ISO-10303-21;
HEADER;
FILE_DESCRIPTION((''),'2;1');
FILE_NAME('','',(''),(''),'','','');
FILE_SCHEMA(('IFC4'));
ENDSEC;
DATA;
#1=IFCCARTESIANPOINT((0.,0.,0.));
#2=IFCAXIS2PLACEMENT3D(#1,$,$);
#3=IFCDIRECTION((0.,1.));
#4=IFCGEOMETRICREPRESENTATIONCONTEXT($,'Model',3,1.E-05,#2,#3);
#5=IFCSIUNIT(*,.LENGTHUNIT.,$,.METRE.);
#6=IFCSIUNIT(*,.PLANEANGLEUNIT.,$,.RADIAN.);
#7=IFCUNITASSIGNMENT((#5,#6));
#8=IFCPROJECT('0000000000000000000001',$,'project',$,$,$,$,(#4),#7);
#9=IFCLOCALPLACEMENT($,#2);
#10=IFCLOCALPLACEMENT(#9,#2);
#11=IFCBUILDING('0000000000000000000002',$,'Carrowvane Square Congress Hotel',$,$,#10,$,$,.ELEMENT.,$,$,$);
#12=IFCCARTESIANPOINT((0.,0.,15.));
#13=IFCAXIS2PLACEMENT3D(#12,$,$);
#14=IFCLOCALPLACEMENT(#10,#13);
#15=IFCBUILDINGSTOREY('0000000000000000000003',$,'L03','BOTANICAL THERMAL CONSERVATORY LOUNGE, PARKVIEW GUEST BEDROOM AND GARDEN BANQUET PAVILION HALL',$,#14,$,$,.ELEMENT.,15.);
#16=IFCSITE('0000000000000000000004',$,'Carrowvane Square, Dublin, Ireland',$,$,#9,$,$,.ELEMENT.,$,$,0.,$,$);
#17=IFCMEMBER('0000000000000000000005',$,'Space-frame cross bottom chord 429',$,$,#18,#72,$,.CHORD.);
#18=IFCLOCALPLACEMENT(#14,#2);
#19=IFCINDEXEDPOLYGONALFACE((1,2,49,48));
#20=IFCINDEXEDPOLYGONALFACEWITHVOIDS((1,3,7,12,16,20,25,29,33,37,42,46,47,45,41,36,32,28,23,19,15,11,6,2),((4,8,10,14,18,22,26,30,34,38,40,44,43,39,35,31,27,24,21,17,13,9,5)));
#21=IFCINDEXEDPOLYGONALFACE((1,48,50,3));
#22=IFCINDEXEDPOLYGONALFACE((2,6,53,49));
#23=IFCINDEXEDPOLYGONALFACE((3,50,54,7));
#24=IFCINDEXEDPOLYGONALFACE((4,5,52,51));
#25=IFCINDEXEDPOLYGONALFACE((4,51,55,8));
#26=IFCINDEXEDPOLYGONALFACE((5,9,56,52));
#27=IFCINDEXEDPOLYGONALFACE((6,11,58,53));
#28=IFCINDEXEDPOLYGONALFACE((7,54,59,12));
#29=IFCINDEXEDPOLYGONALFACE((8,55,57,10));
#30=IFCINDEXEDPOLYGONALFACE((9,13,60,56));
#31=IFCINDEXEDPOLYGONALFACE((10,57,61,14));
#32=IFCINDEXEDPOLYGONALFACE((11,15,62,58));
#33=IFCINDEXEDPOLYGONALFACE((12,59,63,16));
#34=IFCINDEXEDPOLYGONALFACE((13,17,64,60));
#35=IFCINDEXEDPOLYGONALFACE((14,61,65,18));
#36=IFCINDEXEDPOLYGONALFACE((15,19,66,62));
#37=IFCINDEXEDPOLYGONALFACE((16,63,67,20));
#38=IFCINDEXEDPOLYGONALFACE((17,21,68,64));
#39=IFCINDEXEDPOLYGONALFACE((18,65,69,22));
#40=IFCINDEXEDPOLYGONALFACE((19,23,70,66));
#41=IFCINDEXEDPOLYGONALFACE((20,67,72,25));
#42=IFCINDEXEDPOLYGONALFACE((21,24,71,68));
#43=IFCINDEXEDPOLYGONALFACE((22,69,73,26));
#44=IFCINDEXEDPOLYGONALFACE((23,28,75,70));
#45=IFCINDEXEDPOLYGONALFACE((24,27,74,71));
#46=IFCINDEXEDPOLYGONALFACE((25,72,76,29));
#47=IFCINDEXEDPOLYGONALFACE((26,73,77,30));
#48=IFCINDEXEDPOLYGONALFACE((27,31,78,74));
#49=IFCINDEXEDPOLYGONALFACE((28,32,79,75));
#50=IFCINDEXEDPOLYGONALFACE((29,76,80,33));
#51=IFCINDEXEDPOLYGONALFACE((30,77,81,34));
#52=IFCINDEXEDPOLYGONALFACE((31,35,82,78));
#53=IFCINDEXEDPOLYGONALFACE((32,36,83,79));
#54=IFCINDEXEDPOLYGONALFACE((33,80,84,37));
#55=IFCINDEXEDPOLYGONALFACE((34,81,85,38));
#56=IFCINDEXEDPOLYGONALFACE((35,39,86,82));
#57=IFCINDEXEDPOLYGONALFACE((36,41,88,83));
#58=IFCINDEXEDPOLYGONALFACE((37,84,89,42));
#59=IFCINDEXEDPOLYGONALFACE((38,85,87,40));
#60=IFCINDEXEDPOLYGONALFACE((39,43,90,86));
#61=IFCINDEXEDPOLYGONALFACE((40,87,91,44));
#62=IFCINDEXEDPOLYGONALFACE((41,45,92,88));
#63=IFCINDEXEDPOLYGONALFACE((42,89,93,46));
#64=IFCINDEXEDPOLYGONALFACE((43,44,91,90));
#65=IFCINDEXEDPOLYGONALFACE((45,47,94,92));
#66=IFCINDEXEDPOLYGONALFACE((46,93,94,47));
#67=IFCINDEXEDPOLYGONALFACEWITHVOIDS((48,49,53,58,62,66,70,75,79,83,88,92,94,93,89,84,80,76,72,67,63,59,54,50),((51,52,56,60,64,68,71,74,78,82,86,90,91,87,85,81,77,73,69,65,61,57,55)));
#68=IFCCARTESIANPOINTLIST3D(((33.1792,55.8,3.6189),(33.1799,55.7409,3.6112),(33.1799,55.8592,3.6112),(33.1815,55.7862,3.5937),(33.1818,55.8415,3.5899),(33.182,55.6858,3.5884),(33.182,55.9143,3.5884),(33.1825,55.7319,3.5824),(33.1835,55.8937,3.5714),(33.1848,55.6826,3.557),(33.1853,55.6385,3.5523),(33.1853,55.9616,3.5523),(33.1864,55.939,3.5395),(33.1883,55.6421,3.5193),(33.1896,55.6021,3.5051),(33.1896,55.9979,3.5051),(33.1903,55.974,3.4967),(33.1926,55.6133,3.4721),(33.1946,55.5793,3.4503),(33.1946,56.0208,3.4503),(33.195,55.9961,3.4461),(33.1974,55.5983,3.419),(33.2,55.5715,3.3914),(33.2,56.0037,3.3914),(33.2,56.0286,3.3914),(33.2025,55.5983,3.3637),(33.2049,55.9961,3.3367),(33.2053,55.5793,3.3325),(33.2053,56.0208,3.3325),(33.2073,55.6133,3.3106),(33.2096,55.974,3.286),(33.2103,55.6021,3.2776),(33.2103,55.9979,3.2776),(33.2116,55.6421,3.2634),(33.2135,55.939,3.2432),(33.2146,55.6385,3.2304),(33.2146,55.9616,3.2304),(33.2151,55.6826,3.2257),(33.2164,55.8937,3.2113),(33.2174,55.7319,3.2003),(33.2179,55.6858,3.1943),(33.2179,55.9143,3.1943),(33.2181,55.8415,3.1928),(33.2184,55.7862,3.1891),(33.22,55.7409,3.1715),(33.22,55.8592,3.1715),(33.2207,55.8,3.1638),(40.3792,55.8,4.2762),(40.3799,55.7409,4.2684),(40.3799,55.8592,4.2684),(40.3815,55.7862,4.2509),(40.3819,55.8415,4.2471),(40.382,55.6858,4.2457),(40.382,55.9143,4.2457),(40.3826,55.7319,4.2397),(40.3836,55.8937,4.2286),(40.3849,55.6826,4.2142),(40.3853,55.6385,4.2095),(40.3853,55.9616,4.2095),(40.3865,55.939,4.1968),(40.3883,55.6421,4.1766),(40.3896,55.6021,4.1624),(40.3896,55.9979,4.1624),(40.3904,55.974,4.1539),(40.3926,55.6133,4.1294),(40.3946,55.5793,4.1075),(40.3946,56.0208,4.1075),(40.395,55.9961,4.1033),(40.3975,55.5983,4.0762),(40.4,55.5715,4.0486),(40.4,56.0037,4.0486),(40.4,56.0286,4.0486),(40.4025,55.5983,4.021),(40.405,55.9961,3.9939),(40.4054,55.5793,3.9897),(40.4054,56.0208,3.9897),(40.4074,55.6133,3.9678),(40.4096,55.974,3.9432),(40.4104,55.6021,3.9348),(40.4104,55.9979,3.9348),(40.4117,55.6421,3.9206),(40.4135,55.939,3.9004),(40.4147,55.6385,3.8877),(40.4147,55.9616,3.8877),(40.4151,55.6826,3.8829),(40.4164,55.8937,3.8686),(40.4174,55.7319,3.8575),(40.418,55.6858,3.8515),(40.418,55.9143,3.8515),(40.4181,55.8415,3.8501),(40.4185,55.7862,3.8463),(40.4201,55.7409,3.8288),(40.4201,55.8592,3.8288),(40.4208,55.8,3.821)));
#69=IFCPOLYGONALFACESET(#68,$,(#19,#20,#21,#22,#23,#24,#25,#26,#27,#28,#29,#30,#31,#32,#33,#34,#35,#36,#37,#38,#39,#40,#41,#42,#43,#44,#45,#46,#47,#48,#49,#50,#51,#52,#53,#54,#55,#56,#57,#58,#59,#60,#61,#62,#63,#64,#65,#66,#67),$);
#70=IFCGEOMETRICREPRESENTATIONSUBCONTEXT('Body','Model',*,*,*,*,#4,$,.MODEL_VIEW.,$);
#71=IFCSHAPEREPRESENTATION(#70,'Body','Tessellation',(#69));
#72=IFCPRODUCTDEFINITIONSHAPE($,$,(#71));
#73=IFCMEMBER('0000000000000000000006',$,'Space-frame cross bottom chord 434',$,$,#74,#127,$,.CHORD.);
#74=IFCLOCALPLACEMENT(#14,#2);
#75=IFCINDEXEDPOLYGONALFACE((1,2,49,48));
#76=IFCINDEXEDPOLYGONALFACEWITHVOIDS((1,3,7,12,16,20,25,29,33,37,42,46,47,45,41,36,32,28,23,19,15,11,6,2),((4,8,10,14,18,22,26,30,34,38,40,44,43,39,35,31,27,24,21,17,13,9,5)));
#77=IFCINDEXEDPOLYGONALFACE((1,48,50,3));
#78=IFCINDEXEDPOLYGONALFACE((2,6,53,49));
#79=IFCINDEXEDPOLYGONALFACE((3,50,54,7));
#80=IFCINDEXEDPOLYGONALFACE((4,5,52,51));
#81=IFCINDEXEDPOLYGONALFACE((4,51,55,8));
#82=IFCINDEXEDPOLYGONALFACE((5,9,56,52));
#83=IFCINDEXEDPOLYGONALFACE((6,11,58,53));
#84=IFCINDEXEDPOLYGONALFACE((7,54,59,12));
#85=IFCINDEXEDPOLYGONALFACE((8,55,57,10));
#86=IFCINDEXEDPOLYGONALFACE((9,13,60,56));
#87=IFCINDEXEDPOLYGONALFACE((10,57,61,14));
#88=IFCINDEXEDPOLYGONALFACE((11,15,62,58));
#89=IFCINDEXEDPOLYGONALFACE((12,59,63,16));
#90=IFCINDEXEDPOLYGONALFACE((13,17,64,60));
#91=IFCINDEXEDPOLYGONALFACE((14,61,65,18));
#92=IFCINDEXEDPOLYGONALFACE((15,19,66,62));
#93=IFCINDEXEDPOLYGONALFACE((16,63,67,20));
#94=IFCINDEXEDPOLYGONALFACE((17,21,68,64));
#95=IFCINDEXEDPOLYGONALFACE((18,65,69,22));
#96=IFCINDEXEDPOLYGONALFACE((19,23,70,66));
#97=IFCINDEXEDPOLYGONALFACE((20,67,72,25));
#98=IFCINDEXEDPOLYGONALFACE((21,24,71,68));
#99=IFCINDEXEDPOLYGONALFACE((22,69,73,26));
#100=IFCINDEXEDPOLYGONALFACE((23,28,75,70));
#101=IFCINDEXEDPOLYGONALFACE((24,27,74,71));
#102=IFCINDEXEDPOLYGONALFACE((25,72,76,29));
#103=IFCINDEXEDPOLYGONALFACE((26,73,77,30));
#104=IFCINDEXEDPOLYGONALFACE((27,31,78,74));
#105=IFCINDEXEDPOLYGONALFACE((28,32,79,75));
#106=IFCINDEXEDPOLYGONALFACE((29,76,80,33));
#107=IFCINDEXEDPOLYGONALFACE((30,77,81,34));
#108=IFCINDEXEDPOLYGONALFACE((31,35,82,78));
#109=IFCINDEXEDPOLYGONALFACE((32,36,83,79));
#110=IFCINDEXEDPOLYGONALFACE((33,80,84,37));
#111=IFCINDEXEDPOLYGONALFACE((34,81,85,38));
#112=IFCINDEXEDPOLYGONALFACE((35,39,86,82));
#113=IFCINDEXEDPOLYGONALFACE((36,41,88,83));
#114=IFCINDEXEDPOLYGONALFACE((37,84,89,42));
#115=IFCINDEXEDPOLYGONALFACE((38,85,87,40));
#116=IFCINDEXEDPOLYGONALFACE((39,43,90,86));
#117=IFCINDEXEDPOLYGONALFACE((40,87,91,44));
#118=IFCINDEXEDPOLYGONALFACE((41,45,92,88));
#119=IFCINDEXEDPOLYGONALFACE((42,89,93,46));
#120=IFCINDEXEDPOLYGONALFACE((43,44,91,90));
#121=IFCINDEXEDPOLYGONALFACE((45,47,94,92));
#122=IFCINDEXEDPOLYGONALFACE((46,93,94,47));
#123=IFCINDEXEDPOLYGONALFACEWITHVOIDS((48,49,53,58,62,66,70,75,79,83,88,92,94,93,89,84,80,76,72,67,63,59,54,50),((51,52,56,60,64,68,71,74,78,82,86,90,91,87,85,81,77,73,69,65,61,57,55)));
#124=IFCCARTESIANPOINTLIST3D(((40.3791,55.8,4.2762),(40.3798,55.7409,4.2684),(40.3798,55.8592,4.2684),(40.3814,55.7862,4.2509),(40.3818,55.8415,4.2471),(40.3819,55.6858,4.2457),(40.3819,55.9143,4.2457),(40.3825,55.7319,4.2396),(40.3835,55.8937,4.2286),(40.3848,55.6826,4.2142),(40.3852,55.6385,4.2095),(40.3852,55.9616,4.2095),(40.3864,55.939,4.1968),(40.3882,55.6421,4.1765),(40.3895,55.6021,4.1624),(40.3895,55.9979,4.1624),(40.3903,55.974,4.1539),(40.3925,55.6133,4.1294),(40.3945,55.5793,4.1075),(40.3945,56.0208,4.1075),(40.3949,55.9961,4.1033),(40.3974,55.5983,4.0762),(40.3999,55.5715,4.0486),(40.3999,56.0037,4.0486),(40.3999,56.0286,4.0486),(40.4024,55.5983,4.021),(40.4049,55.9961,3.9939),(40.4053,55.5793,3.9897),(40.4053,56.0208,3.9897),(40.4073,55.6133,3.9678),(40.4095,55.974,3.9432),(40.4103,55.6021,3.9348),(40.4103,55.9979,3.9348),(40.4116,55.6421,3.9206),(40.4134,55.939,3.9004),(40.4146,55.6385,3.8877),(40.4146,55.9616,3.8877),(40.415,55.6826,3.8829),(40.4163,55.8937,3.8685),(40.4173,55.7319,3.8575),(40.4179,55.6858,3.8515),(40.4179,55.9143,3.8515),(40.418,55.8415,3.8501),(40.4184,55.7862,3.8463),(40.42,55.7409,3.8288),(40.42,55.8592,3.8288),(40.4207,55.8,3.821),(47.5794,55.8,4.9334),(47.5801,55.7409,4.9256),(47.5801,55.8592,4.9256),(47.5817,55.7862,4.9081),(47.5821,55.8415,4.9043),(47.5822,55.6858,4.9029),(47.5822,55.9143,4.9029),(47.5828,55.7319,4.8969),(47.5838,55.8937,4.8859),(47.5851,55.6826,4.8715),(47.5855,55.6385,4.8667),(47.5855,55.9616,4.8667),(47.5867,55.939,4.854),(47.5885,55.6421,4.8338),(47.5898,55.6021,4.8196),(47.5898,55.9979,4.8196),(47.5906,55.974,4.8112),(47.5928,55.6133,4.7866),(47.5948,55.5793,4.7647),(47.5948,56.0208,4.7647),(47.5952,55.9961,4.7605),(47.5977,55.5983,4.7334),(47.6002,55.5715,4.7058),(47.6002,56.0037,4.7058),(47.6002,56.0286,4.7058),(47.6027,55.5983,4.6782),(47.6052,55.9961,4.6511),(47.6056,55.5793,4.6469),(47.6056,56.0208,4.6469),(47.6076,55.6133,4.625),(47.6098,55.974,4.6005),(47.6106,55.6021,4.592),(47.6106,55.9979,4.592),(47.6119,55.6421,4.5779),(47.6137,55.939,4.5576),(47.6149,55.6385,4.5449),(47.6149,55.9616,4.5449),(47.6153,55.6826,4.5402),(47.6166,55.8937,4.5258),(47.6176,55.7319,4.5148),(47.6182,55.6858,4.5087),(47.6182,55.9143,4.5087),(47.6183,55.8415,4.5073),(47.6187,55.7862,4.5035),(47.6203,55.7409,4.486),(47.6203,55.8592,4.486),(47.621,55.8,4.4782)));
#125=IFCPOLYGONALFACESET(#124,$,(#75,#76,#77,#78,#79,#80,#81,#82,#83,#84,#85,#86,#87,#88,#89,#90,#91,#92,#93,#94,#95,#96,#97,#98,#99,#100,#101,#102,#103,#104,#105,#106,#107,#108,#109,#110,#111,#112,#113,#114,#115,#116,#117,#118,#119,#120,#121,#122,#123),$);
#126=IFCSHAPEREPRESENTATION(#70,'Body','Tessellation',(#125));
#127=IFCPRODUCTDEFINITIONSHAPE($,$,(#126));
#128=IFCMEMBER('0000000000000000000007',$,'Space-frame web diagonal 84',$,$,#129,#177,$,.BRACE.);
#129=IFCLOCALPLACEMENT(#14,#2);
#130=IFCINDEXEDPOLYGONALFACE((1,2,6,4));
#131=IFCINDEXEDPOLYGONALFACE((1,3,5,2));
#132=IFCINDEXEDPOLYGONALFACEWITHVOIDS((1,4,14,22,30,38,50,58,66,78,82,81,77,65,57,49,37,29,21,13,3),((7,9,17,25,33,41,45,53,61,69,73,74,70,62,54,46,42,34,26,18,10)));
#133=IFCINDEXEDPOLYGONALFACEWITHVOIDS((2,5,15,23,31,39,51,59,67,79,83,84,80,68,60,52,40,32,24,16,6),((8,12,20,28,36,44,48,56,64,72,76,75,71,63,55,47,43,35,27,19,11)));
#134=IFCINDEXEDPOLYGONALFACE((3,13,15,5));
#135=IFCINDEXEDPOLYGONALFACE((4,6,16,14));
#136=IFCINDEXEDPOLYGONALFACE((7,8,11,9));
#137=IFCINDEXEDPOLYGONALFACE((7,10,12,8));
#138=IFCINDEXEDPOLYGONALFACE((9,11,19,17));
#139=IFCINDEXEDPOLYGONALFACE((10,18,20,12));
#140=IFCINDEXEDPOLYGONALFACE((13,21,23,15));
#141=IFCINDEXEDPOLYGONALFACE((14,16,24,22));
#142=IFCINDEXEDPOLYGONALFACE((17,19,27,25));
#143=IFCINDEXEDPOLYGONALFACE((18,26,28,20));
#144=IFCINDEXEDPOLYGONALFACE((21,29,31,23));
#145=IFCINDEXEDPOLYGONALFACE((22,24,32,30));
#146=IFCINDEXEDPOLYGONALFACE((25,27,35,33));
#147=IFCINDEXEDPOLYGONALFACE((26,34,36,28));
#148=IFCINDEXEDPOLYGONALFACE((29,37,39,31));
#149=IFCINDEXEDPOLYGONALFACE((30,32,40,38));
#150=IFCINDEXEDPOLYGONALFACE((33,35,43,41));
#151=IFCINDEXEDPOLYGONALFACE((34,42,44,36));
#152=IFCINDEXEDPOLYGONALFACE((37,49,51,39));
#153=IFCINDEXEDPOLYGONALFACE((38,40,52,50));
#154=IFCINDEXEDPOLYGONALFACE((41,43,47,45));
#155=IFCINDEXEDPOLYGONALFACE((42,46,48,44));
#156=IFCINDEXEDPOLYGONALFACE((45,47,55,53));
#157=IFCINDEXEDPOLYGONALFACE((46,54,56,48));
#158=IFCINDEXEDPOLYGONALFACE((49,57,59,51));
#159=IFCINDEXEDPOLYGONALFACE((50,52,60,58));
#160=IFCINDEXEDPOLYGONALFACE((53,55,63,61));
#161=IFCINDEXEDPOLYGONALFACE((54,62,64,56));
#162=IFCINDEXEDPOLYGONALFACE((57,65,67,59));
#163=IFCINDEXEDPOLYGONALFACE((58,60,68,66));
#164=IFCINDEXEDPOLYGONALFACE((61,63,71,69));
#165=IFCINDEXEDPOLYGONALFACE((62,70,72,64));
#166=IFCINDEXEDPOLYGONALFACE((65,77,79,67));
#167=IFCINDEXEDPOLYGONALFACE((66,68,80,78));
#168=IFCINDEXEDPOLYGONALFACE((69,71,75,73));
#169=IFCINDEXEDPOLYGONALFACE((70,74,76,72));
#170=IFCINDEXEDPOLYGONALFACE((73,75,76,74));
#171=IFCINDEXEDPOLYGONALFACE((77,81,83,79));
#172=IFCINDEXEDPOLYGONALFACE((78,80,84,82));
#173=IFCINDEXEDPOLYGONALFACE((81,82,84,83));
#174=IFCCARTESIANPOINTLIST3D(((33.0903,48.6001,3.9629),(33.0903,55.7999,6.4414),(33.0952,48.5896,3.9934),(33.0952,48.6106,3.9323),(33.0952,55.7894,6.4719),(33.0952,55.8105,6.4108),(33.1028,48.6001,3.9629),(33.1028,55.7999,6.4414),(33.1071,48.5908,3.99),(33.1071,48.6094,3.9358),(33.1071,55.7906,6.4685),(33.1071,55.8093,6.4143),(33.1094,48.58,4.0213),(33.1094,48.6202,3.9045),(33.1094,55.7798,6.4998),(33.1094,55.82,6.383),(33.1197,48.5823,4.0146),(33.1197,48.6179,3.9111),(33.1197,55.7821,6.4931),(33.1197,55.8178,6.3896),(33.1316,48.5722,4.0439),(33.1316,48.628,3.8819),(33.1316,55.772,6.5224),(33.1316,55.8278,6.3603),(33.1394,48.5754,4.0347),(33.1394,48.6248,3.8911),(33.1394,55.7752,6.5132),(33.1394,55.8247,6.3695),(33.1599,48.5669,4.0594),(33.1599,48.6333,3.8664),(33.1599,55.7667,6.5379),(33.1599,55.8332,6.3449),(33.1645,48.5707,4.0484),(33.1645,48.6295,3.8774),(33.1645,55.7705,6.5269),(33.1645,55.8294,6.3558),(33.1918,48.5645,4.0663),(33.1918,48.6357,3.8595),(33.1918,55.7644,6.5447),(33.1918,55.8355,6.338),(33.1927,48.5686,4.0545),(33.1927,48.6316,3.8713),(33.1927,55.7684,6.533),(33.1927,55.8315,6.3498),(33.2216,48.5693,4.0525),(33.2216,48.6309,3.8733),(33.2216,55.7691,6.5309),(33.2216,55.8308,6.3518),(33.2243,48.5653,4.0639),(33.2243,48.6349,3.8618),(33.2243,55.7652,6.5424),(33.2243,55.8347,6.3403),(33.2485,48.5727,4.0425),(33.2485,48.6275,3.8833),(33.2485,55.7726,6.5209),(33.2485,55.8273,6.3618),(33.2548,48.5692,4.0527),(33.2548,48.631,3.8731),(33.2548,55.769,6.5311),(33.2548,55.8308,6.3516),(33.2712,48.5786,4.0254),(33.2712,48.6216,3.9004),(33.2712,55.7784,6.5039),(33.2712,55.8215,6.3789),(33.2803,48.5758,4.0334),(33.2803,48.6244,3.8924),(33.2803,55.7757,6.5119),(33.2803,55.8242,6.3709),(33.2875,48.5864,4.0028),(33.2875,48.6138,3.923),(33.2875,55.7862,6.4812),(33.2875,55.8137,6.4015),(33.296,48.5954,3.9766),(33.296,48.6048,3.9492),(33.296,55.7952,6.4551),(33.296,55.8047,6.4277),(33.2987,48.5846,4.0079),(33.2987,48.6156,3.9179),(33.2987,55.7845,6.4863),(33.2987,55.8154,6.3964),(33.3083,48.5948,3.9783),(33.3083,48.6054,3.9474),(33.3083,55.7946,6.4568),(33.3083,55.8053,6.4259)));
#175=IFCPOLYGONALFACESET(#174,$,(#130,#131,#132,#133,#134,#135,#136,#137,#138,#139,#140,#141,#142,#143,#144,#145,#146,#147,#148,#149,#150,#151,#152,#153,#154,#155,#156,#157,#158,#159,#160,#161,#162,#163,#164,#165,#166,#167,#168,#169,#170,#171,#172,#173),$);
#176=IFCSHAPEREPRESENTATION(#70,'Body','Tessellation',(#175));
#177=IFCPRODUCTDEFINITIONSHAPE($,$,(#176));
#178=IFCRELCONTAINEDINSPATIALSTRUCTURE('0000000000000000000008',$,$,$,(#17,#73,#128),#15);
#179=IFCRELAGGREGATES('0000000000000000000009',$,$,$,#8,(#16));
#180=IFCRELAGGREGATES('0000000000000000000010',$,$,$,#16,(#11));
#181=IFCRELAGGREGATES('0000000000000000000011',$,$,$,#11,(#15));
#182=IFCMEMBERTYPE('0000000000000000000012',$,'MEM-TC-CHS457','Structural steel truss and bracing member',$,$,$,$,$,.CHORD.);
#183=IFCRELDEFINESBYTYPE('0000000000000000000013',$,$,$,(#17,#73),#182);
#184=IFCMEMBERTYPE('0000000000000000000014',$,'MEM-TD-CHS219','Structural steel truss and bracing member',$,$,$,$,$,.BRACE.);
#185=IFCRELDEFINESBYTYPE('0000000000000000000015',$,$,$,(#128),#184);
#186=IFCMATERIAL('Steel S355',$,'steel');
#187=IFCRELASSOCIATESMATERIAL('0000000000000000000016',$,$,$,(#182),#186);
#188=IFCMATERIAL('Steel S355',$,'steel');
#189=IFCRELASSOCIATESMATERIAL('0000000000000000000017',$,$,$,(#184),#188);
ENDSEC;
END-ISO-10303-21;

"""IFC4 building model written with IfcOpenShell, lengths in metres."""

from ifc_helpers import new_model, si_unit, direction, frame, origin, origin_2d, place, context, subcontext, project, spatial, hollow_circle, extrude, material, material_profile, profile_set, type_object, element, save


model = new_model("IFC4")

# Units and contexts
model_context = context("Model", 3, precision=1e-05, world=origin(), true_north=direction((0.0, 1.0)))
body_context = subcontext(model_context, "Body", "Model", "MODEL_VIEW")
ifc_project = project(units=[si_unit("LENGTHUNIT", "METRE"), si_unit("PLANEANGLEUNIT", "RADIAN")], contexts=[model_context])

# Site, building, storey
site_placement = place(None, origin())
site = spatial("IfcSite", under=ifc_project, at=site_placement, Name="Carrowvane Square, Dublin, Ireland", CompositionType="ELEMENT", RefElevation=0.0)
building_placement = place(site_placement, origin())
building = spatial("IfcBuilding", under=site, at=building_placement, Name="Carrowvane Square Congress Hotel", CompositionType="ELEMENT")
storey_placement = place(building_placement, frame((0.0, 0.0, 15.0)))
storey = spatial("IfcBuildingStorey", under=building, at=storey_placement, Name="L03", Description="BOTANICAL THERMAL CONSERVATORY LOUNGE, PARKVIEW GUEST BEDROOM AND GARDEN BANQUET PAVILION HALL", CompositionType="ELEMENT", Elevation=15.0)

# Members
ifc_material_1 = material(Name="Steel S355", Category="steel")
ifc_material_profile_1 = material_profile(ifc_material_1, hollow_circle(Radius=0.2285, WallThickness=0.0249, at=origin_2d()), Name="CHS 457.0x25")
ifc_profile_set_1 = profile_set([ifc_material_profile_1], Name="Steel S355")
member_type_1 = type_object("IfcMemberType", Name="MEM-TC-CHS457", Description="Structural steel truss and bracing member", PredefinedType="CHORD", material=ifc_profile_set_1)
for number, where, z_axis, x_axis, name in (
    (1, (33.2, 55.8, 3.3914), (0.99586, 0.0, 0.090904), (0.0, 1.0, 0.0), "Space-frame cross bottom chord 429"),
):
    element("IfcMember", number, at=place(storey_placement, frame(where, z_axis=z_axis, x_axis=x_axis)), inside=storey, type_object=member_type_1, Name=name, PredefinedType="CHORD", context=body_context, shape_type="SweptSolid", body=[
        extrude(hollow_circle(Radius=0.2285, WallThickness=0.0249, at=origin_2d()), origin(), (0.0, 0.0, 1.0), 7.23),
    ])
member_1_placement = place(storey_placement, frame((40.3999, 55.8, 4.0486), z_axis=(0.99586, 0.0, 0.090901), x_axis=(0.0, 1.0, 0.0)))
element("IfcMember", 2, at=member_1_placement, inside=storey, type_object=member_type_1, Name="Space-frame cross bottom chord 434", PredefinedType="CHORD", context=body_context, shape_type="SweptSolid", body=[
    extrude(hollow_circle(Radius=0.2285, WallThickness=0.0249, at=origin_2d()), origin(), (0.0, 0.0, 1.0), 7.2302),
])
ifc_material_2 = material(Name="Steel S355", Category="steel")
ifc_material_profile_2 = material_profile(ifc_material_2, hollow_circle(Radius=0.1096, WallThickness=0.0125, at=origin_2d()), Name="CHS 219.1x12.5")
ifc_profile_set_2 = profile_set([ifc_material_profile_2], Name="Steel S355")
member_type_2 = type_object("IfcMemberType", Name="MEM-TD-CHS219", Description="Structural steel truss and bracing member", PredefinedType="BRACE", material=ifc_profile_set_2)
member_2_placement = place(storey_placement, frame((33.2, 48.6001, 3.9629), z_axis=(0.0, 0.945544, 0.325495), x_axis=(-1.0, 0.0, 0.0)))
element("IfcMember", 3, at=member_2_placement, inside=storey, type_object=member_type_2, Name="Space-frame web diagonal 84", PredefinedType="BRACE", context=body_context, shape_type="SweptSolid", body=[
    extrude(hollow_circle(Radius=0.1096, WallThickness=0.0125, at=origin_2d()), origin(), (0.0, 0.0, 1.0), 7.6145),
])

save(model, "model.ifc")
